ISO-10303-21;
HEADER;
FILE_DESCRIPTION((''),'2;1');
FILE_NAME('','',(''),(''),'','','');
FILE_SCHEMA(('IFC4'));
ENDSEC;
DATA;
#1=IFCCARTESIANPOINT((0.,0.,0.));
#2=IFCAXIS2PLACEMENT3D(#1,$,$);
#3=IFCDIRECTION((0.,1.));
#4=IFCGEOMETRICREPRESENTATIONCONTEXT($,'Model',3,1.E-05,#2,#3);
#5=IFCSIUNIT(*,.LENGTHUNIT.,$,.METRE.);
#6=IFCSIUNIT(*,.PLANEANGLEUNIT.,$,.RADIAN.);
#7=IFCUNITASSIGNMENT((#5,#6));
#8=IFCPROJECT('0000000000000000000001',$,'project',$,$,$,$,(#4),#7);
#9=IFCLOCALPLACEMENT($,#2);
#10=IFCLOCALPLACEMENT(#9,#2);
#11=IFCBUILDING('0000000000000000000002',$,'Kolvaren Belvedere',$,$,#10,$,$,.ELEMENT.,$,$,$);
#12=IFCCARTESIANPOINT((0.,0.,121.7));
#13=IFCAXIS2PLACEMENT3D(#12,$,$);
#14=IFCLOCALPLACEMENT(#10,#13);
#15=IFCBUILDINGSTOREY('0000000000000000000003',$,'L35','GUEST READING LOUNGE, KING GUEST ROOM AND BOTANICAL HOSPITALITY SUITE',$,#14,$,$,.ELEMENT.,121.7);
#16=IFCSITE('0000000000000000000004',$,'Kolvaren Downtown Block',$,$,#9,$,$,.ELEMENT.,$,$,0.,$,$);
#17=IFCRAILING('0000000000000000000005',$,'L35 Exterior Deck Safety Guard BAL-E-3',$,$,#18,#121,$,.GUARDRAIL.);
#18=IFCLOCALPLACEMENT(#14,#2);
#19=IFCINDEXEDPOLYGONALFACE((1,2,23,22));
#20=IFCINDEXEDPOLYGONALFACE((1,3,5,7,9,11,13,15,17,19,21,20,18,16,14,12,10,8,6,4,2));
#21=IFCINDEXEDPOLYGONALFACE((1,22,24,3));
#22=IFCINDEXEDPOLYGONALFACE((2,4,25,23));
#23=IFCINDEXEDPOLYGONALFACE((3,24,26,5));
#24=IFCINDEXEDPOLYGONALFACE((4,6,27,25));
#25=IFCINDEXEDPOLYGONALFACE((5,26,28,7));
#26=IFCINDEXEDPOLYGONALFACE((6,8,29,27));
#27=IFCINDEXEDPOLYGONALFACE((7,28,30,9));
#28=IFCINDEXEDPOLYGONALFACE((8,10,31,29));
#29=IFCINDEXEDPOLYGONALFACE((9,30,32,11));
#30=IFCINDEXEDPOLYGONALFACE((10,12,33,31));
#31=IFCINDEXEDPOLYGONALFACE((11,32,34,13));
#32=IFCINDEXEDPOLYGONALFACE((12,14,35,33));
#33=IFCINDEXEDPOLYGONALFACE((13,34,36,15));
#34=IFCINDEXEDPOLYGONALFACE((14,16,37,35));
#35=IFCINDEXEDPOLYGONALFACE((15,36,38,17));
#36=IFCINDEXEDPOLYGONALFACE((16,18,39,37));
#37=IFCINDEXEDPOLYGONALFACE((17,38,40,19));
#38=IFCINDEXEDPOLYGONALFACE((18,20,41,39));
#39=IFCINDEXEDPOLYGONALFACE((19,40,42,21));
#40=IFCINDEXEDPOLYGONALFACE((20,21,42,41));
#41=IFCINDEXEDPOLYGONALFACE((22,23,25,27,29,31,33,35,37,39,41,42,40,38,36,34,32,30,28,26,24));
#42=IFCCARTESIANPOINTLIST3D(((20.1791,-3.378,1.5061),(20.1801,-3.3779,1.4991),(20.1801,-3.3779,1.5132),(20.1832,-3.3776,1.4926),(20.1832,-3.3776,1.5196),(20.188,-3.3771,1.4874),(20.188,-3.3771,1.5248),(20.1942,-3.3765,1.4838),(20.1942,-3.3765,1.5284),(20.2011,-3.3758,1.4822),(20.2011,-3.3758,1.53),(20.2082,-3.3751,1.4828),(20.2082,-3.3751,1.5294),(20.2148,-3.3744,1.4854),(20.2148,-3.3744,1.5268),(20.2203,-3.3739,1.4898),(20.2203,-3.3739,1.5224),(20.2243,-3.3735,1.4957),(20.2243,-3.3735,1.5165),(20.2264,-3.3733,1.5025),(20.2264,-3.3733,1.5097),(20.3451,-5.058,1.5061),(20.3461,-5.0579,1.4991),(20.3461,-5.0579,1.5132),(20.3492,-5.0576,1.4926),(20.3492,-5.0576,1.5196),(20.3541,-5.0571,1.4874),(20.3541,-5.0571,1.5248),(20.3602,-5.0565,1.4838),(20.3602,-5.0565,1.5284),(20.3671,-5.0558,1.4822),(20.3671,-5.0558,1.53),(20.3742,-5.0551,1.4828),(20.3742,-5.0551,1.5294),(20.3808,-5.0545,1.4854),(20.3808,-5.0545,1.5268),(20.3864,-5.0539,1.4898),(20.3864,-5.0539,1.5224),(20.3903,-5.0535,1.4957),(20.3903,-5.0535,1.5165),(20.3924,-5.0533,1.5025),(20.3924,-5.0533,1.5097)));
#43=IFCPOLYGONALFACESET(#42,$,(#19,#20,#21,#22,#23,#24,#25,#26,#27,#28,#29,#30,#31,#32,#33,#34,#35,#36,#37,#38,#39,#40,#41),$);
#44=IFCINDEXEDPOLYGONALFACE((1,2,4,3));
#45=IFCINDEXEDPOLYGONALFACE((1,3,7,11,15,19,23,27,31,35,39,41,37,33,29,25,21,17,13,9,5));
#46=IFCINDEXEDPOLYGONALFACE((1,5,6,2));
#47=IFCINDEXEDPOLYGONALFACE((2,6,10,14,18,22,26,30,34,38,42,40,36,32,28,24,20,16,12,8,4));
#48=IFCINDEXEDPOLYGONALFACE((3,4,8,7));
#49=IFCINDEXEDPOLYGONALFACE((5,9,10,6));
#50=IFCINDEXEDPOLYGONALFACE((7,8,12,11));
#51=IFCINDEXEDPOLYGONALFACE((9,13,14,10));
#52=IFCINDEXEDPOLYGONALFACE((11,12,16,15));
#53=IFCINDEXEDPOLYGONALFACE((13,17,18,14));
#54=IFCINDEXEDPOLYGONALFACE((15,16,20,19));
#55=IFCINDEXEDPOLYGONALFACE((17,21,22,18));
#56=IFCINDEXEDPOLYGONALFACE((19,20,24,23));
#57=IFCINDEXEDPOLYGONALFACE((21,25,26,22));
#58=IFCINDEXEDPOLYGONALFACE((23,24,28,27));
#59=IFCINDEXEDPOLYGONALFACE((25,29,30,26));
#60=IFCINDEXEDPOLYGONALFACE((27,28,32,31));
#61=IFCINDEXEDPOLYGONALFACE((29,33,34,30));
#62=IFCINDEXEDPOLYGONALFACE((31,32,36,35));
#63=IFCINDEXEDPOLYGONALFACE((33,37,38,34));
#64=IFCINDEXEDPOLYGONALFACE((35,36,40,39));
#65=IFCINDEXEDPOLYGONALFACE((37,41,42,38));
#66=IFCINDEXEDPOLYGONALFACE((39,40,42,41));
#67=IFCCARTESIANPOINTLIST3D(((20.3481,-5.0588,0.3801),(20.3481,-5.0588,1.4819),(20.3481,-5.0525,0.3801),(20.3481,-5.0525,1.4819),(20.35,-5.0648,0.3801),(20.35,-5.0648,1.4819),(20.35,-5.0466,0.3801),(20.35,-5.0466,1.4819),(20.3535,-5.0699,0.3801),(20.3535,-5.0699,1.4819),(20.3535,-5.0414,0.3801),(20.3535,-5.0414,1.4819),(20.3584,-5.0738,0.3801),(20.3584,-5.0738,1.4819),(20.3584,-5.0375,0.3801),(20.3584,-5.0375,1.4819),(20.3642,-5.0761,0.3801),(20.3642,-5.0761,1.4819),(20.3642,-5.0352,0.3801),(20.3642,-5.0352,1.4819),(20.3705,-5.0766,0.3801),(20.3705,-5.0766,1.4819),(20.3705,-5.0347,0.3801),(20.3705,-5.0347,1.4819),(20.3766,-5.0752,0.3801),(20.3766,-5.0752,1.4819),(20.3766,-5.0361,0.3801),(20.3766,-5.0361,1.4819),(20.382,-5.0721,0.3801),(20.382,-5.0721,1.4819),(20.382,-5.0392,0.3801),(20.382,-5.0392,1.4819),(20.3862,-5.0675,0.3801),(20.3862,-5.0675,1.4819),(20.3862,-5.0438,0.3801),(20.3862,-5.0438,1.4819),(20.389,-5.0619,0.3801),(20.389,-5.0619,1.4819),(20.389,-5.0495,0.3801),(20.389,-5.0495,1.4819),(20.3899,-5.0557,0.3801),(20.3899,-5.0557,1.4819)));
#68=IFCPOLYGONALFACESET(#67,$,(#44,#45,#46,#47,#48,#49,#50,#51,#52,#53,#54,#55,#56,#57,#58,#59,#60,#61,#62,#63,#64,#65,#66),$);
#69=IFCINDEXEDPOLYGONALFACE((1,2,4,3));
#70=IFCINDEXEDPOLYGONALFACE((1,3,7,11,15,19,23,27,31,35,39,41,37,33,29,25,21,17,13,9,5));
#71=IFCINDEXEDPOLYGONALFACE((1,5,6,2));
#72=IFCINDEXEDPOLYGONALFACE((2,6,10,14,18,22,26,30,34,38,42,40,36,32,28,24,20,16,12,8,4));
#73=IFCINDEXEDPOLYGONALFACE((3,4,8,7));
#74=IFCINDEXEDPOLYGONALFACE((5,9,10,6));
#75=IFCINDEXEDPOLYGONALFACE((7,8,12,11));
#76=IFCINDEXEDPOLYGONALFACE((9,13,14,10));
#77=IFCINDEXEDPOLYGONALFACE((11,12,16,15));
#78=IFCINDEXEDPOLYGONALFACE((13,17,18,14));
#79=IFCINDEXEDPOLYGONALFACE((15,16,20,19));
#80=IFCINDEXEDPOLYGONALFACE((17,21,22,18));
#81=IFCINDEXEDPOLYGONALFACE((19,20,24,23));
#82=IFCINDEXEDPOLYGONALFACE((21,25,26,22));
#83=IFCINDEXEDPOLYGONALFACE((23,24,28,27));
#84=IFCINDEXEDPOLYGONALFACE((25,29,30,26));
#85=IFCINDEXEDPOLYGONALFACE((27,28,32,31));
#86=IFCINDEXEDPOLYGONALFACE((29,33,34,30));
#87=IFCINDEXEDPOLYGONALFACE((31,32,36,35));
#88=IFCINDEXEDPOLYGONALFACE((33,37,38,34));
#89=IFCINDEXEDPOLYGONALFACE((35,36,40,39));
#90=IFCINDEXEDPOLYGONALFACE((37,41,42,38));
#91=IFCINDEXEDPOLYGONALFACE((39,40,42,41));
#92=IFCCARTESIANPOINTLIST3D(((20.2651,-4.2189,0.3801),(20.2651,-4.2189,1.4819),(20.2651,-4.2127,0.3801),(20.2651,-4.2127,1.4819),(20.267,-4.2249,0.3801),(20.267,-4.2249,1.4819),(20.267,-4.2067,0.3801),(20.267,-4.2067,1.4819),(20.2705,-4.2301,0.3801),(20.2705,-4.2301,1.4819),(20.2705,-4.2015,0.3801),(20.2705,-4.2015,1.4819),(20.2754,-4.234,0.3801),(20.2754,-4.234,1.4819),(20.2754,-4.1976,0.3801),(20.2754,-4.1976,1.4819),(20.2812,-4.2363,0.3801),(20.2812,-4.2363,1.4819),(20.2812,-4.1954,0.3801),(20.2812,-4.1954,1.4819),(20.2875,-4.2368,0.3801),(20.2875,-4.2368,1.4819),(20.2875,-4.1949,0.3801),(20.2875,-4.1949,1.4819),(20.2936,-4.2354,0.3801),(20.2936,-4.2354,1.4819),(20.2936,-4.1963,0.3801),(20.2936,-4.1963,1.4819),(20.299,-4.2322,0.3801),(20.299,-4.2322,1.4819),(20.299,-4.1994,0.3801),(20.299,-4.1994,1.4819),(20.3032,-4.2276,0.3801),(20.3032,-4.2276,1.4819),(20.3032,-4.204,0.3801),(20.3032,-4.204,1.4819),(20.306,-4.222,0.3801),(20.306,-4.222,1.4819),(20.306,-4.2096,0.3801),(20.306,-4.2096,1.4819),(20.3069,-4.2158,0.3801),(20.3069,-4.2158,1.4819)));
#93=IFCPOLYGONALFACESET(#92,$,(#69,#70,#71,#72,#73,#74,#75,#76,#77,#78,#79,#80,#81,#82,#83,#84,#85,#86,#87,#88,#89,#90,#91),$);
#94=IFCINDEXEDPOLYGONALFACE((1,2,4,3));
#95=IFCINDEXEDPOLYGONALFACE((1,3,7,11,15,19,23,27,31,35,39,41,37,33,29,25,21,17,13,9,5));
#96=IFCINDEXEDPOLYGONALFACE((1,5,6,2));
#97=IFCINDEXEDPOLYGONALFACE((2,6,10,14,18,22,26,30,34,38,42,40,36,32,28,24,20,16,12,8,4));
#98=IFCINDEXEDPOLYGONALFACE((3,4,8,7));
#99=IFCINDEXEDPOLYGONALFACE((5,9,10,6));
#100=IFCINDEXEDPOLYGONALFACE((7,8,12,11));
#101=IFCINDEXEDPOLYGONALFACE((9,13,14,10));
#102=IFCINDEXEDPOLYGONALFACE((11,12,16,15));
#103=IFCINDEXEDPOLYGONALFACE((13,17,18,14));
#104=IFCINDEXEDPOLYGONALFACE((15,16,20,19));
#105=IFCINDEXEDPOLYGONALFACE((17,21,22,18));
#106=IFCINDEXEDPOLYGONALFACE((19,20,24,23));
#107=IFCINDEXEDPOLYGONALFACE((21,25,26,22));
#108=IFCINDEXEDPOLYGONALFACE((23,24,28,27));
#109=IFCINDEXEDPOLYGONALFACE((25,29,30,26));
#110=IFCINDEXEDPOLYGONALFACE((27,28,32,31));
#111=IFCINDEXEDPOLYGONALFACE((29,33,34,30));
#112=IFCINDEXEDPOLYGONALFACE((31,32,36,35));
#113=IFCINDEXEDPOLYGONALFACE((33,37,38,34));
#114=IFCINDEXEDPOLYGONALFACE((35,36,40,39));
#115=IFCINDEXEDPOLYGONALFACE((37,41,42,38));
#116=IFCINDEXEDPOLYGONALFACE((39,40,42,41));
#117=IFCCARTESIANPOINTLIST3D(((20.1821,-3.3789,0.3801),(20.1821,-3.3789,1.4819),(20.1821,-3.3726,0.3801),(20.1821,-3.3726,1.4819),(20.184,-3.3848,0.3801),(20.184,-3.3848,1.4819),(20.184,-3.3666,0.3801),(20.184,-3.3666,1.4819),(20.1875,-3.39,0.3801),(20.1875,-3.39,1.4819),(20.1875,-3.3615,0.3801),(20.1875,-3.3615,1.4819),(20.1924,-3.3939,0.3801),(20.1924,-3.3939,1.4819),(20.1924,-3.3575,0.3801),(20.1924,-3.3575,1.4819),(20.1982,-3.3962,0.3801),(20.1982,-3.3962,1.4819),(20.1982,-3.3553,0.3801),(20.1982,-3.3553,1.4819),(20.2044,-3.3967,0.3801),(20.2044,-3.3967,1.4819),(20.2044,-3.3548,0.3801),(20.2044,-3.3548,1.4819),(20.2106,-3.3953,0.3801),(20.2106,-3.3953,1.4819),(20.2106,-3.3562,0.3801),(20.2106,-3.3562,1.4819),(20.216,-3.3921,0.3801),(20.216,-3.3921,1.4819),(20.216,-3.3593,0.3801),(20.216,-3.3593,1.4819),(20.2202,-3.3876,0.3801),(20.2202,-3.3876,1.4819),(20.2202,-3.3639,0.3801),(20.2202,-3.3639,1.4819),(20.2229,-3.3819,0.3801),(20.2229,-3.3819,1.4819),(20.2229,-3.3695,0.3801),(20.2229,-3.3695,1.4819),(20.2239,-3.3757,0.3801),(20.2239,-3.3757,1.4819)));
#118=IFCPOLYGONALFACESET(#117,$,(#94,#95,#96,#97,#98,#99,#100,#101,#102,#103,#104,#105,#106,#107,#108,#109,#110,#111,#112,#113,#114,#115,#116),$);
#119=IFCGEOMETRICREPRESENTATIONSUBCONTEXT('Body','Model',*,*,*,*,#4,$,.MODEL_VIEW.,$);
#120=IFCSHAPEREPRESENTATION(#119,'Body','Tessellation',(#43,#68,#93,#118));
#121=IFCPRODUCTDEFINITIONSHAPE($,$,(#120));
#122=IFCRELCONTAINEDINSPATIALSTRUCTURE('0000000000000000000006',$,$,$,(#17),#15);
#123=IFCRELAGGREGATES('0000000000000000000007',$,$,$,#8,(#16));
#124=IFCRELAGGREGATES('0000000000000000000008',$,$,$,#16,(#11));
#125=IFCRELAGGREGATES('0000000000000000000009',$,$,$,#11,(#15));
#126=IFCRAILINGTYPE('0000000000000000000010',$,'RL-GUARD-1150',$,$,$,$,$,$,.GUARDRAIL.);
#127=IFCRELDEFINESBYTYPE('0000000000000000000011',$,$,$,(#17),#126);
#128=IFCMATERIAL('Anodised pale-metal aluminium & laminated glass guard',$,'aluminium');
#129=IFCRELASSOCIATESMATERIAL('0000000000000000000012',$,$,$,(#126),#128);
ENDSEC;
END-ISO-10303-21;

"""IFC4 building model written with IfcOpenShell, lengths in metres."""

from ifc_helpers import new_model, si_unit, direction, frame, origin, origin_2d, place, context, subcontext, project, spatial, circle, extrude, material, type_object, element, save


model = new_model("IFC4")

# Units and contexts
model_context = context("Model", 3, precision=1e-05, world=origin(), true_north=direction((0.0, 1.0)))
body_context = subcontext(model_context, "Body", "Model", "MODEL_VIEW")
ifc_project = project(units=[si_unit("LENGTHUNIT", "METRE"), si_unit("PLANEANGLEUNIT", "RADIAN")], contexts=[model_context])

# Site, building, storey
site_placement = place(None, origin())
site = spatial("IfcSite", under=ifc_project, at=site_placement, Name="Kolvaren Downtown Block", CompositionType="ELEMENT", RefElevation=0.0)
building_placement = place(site_placement, origin())
building = spatial("IfcBuilding", under=site, at=building_placement, Name="Kolvaren Belvedere", CompositionType="ELEMENT")
storey_placement = place(building_placement, frame((0.0, 0.0, 121.7)))
storey = spatial("IfcBuildingStorey", under=building, at=storey_placement, Name="L35", Description="GUEST READING LOUNGE, KING GUEST ROOM AND BOTANICAL HOSPITALITY SUITE", CompositionType="ELEMENT", Elevation=121.7)

# Railing
ifc_material_1 = material(Name="Anodised pale-metal aluminium & laminated glass guard", Category="aluminium")
railing_type = type_object("IfcRailingType", Name="RL-GUARD-1150", PredefinedType="GUARDRAIL", material=ifc_material_1)
railing_1_placement = place(storey_placement, frame((20.3689, -5.0557, 0.3801)))
element("IfcRailing", 1, at=railing_1_placement, inside=storey, type_object=railing_type, Name="L35 Exterior Deck Safety Guard BAL-E-3", PredefinedType="GUARDRAIL", context=body_context, shape_type="SweptSolid", body=[
    extrude(circle(Radius=0.0239, at=origin_2d()), frame((0.0, 0.0, 1.126), z_axis=(-0.098344, 0.995152, 0.0), x_axis=(-0.995152, -0.098344, 0.0)), (0.0, 0.0, 1.0), 1.6882),
    extrude(circle(Radius=0.021, at=origin_2d()), origin(), (0.0, 0.0, 1.0), 1.1018),
    extrude(circle(Radius=0.021, at=origin_2d()), frame((-0.083, 0.8398, 0.0)), (0.0, 0.0, 1.0), 1.1018),
    extrude(circle(Radius=0.021, at=origin_2d()), frame((-0.166, 1.6799, 0.0)), (0.0, 0.0, 1.0), 1.1018),
])

save(model, "model.ifc")
